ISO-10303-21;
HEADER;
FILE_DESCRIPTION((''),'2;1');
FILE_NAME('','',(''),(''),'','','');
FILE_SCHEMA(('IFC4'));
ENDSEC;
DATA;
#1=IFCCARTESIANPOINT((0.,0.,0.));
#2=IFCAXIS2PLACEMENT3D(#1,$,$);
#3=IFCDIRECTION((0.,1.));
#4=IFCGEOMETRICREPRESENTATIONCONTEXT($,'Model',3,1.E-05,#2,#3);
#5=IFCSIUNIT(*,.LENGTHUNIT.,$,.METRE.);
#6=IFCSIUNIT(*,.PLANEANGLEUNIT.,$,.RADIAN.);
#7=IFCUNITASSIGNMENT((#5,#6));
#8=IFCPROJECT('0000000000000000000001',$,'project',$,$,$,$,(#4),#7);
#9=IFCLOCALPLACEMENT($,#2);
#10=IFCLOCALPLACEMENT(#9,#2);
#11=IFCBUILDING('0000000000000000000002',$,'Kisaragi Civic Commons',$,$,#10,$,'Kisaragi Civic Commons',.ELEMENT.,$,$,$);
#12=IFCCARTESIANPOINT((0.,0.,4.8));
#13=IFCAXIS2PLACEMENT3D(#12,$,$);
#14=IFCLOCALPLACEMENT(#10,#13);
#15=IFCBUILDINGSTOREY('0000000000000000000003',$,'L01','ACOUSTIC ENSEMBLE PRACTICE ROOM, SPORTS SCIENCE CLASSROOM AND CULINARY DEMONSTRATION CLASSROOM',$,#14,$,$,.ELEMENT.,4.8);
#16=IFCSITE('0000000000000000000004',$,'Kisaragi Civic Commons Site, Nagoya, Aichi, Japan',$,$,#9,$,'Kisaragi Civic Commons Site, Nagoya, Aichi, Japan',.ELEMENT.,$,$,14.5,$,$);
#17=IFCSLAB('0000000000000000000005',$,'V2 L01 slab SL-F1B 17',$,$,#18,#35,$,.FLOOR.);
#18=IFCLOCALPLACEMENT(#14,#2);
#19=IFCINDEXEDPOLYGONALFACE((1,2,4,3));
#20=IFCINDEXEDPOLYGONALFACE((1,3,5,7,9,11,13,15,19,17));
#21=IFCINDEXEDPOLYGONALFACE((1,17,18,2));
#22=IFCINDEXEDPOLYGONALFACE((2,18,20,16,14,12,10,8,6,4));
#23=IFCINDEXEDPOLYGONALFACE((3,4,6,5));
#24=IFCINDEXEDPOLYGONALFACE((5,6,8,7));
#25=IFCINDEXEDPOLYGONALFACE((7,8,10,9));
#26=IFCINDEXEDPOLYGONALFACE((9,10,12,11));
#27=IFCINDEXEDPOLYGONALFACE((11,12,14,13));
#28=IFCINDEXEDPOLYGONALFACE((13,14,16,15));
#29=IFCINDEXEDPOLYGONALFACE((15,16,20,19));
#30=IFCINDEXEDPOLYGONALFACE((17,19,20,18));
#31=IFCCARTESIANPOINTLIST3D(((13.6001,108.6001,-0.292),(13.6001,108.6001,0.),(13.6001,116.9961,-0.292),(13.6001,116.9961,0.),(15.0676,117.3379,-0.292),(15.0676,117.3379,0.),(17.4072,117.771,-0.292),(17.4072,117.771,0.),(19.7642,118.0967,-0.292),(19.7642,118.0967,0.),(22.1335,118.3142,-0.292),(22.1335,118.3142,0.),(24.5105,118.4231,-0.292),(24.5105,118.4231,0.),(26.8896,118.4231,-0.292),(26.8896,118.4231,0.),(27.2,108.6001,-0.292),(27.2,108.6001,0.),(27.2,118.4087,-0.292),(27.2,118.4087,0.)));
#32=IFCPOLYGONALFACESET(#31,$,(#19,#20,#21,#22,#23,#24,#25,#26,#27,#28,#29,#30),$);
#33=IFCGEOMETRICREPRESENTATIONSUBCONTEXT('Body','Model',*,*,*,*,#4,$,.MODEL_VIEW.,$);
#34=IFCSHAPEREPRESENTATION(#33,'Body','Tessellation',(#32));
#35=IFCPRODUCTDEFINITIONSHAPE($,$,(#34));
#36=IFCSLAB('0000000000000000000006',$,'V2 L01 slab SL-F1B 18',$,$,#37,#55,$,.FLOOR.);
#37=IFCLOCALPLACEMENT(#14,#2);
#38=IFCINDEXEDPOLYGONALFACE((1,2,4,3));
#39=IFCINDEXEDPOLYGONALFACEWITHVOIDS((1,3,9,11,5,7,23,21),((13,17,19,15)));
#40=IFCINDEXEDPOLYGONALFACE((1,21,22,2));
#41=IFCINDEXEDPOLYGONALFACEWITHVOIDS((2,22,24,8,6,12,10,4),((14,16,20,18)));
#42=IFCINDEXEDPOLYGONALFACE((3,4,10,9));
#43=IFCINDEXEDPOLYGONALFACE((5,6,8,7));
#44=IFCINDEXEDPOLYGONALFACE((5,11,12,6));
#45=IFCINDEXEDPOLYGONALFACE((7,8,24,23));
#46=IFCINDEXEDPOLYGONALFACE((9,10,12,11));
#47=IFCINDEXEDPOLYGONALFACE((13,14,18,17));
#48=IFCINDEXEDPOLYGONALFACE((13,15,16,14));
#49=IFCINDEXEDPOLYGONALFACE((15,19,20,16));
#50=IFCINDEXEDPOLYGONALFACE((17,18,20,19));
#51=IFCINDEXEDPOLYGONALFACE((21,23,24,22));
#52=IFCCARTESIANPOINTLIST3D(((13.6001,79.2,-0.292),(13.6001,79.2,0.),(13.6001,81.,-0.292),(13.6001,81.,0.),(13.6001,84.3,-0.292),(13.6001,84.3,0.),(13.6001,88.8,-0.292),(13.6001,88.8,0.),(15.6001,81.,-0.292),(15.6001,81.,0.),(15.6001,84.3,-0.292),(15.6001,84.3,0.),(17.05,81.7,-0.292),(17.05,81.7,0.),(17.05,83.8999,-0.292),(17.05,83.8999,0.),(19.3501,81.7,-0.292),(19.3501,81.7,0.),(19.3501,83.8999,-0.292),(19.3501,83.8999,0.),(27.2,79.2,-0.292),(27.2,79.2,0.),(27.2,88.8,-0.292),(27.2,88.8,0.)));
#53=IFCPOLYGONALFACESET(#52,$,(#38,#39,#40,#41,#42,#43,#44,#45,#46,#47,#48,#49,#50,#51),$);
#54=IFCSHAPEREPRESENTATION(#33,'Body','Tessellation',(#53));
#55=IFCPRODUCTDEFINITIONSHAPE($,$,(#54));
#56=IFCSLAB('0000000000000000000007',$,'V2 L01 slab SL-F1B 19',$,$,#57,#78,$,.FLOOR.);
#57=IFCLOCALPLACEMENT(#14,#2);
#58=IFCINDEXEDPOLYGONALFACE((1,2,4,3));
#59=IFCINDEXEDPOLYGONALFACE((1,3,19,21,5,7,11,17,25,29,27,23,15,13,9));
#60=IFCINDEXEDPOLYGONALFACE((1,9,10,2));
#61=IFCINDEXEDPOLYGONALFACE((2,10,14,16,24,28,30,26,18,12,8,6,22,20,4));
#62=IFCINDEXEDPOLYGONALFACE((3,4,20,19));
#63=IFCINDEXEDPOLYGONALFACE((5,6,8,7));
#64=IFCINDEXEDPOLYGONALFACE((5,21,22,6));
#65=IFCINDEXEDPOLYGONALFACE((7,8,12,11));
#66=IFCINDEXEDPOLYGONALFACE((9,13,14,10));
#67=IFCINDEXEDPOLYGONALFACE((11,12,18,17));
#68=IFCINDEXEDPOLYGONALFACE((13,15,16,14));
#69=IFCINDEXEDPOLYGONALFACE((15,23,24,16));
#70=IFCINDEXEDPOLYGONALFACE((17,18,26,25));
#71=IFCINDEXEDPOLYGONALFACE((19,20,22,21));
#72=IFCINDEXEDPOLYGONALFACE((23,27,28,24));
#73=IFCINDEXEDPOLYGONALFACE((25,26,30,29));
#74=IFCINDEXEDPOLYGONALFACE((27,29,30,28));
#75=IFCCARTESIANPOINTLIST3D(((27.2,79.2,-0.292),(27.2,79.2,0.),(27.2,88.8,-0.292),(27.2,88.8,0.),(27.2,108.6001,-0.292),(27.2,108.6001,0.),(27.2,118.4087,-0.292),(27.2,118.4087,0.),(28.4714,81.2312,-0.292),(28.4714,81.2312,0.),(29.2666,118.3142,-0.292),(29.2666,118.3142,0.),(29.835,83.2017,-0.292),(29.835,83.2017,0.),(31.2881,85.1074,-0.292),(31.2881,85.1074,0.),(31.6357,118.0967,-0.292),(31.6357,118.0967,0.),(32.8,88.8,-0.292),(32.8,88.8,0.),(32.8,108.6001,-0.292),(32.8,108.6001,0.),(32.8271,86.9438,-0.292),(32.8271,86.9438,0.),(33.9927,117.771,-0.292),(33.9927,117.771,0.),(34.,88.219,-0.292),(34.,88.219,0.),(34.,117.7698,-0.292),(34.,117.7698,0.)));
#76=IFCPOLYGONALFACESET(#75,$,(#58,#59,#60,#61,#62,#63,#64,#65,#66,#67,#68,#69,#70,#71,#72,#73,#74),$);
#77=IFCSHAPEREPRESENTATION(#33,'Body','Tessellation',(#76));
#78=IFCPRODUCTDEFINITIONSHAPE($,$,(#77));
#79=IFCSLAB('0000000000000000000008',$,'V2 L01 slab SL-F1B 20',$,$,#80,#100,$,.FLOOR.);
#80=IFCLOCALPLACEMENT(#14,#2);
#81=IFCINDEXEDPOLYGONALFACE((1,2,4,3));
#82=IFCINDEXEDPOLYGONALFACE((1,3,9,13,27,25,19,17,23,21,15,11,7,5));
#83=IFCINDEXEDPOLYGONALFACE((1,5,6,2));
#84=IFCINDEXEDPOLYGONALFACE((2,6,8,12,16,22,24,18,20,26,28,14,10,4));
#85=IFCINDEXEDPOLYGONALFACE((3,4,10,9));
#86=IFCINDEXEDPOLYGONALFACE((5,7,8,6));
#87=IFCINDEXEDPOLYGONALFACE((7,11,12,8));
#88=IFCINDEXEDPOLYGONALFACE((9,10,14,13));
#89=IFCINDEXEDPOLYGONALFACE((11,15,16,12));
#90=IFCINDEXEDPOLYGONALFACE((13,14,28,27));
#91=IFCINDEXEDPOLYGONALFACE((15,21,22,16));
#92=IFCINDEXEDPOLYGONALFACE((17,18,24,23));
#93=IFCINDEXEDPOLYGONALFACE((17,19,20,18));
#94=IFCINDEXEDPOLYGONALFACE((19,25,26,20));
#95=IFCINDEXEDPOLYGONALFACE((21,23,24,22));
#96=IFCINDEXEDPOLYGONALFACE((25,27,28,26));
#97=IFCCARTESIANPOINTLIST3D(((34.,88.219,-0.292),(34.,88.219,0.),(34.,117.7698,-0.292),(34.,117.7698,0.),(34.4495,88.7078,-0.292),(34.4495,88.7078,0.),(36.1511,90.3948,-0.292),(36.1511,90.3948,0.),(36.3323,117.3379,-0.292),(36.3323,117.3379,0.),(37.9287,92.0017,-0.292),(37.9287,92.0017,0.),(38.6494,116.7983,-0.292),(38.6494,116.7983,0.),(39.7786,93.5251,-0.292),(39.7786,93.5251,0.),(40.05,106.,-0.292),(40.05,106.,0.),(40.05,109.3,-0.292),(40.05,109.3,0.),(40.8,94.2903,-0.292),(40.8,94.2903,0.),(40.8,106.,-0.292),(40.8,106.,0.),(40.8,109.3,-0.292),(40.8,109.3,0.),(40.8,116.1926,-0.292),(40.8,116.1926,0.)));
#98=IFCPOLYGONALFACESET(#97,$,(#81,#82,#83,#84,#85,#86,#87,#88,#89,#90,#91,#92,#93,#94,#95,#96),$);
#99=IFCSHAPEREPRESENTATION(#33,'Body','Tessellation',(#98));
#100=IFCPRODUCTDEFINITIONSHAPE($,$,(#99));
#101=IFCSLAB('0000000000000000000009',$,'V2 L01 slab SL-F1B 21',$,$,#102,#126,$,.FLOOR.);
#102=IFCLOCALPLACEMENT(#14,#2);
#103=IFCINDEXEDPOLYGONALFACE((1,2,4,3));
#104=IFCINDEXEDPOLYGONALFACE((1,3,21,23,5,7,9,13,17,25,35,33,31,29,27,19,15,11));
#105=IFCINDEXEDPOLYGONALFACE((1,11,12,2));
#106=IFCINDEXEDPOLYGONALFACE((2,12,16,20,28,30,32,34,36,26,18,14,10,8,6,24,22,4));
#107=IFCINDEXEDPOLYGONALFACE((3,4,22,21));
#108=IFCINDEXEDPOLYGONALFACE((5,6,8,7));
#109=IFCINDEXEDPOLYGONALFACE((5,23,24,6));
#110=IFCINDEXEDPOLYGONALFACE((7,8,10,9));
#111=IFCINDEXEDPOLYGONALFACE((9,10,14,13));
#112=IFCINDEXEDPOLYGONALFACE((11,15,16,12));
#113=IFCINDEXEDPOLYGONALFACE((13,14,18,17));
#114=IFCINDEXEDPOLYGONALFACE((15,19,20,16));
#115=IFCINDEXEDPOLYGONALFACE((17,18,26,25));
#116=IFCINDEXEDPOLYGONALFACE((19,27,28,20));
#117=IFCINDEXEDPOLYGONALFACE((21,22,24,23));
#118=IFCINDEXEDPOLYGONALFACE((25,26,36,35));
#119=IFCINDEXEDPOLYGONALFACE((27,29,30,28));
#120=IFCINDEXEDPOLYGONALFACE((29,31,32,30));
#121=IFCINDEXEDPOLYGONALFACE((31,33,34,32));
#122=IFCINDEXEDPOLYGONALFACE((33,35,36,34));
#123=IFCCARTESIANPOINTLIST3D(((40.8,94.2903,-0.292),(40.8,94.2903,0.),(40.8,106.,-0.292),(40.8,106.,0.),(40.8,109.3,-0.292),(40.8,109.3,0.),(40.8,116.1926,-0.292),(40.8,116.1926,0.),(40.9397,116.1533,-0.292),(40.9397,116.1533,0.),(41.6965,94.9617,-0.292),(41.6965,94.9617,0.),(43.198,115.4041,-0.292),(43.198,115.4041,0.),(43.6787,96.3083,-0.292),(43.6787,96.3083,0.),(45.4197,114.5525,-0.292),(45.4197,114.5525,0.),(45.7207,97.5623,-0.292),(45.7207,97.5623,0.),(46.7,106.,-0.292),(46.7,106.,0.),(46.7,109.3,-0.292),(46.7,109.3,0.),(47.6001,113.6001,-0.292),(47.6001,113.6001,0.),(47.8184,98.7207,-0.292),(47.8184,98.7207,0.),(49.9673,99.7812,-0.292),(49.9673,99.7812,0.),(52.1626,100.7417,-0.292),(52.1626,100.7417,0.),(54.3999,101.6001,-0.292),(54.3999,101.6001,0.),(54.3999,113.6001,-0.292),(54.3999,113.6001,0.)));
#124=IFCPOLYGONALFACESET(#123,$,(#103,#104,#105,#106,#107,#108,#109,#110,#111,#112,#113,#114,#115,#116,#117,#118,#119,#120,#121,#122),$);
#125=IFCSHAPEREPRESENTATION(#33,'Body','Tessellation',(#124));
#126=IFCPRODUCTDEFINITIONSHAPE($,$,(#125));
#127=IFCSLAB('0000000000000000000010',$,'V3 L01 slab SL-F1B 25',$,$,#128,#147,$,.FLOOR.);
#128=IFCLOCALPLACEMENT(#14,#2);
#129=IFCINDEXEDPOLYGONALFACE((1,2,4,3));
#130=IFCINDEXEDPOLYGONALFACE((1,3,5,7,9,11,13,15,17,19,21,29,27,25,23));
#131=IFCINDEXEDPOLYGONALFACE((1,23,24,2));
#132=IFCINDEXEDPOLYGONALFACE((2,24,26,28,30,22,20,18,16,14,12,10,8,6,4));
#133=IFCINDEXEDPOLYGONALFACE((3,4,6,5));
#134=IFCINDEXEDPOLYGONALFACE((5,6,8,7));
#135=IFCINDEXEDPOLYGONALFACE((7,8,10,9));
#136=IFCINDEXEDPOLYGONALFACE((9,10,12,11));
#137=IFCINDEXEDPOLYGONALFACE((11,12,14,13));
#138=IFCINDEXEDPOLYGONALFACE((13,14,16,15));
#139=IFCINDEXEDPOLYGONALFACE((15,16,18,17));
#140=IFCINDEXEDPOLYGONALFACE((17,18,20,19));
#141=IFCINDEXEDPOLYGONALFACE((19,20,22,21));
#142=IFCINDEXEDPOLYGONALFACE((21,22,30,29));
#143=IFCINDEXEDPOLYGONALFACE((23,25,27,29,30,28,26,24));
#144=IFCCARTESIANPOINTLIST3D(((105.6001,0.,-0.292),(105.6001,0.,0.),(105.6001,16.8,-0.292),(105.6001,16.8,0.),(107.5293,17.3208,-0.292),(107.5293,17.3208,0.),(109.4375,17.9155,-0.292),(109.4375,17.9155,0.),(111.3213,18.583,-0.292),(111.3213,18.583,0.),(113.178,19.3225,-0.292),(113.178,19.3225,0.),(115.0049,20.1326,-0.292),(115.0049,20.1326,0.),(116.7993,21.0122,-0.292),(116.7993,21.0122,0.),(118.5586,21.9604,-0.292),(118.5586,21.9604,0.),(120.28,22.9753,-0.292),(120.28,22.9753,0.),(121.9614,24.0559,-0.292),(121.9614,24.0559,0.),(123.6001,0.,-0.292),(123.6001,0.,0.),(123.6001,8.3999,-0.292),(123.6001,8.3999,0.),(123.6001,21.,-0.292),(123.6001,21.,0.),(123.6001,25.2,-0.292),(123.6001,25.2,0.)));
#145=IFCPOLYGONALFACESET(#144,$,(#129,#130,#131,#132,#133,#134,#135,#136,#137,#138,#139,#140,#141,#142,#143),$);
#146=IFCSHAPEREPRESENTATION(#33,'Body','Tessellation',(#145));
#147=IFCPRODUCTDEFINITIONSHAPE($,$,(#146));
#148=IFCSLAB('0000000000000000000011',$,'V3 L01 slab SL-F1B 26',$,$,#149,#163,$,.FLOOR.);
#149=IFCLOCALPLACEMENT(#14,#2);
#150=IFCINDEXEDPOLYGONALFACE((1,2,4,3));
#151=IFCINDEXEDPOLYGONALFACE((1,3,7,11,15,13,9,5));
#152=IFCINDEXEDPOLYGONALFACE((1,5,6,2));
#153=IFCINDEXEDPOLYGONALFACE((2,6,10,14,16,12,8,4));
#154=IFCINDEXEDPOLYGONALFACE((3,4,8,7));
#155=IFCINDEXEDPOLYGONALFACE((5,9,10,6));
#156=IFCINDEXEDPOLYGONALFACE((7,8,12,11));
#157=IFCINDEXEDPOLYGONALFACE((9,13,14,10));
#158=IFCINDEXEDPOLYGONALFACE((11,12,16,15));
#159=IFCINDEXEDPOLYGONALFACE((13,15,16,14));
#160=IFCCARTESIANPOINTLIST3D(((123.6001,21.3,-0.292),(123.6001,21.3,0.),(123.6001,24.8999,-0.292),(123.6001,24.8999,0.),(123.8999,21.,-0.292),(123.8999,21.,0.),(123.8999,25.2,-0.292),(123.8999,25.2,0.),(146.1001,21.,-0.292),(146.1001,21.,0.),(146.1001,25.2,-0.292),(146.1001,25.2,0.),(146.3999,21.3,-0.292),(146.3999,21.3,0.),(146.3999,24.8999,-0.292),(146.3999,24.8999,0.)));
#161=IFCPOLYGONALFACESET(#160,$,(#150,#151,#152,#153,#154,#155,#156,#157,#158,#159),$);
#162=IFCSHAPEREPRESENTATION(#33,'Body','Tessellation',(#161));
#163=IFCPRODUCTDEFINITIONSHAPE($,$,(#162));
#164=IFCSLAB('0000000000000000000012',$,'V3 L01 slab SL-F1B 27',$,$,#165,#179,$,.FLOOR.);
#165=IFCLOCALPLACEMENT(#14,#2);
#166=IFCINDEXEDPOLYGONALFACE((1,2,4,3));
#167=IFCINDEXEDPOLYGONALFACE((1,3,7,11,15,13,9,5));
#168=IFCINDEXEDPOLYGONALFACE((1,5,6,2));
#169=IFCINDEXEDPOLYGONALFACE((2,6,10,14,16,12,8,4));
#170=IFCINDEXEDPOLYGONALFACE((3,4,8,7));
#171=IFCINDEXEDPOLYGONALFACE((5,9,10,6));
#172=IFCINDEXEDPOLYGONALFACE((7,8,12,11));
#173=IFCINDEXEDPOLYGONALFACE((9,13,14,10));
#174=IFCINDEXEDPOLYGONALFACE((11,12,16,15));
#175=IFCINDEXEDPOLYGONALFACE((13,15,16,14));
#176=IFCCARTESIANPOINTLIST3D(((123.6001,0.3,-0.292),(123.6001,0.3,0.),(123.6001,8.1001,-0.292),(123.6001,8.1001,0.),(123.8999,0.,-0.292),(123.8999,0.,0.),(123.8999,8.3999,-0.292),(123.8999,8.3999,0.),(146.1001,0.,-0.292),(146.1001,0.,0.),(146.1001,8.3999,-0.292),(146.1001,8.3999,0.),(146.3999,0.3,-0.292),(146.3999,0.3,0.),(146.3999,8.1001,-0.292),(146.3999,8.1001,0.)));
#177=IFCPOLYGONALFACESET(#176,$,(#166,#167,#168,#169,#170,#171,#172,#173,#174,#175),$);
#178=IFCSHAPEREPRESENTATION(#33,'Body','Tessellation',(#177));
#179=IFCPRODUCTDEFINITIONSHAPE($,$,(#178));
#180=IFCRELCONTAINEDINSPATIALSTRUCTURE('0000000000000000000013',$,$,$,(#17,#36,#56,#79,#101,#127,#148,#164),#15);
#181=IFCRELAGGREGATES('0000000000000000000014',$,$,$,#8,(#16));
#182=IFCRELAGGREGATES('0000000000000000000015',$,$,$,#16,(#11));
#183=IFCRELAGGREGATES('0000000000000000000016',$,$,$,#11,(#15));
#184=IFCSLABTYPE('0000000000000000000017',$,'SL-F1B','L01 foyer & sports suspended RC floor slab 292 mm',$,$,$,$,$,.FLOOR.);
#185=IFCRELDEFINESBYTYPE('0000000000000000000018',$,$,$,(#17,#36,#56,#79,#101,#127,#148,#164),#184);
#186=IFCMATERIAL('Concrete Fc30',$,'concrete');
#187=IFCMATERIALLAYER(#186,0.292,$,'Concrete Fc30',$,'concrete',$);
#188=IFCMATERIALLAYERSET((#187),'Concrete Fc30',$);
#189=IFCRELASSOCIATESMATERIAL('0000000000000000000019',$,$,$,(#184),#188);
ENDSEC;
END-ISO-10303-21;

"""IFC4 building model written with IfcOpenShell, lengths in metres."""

from ifc_helpers import new_model, si_unit, direction, frame, origin, place, context, subcontext, project, spatial, polyline, outline, extrude, material, layer, layer_set, type_object, element, save


model = new_model("IFC4")

# Units and contexts
model_context = context("Model", 3, precision=1e-05, world=origin(), true_north=direction((0.0, 1.0)))
body_context = subcontext(model_context, "Body", "Model", "MODEL_VIEW")
ifc_project = project(units=[si_unit("LENGTHUNIT", "METRE"), si_unit("PLANEANGLEUNIT", "RADIAN")], contexts=[model_context])

# Site, building, storey
site_placement = place(None, origin())
site = spatial("IfcSite", under=ifc_project, at=site_placement, Name="Kisaragi Civic Commons Site, Nagoya, Aichi, Japan", LongName="Kisaragi Civic Commons Site, Nagoya, Aichi, Japan", CompositionType="ELEMENT", RefElevation=14.5)
building_placement = place(site_placement, origin())
building = spatial("IfcBuilding", under=site, at=building_placement, Name="Kisaragi Civic Commons", LongName="Kisaragi Civic Commons", CompositionType="ELEMENT")
storey_placement = place(building_placement, frame((0.0, 0.0, 4.8)))
storey = spatial("IfcBuildingStorey", under=building, at=storey_placement, Name="L01", Description="ACOUSTIC ENSEMBLE PRACTICE ROOM, SPORTS SCIENCE CLASSROOM AND CULINARY DEMONSTRATION CLASSROOM", CompositionType="ELEMENT", Elevation=4.8)

# Slabs
ifc_material = material(Name="Concrete Fc30", Category="concrete")
ifc_layer_1 = layer(ifc_material, 0.292, Name="Concrete Fc30", Category="concrete")
ifc_layer_set_1 = layer_set([ifc_layer_1], Name="Concrete Fc30")
slab_type_1 = type_object("IfcSlabType", Name="SL-F1B", Description="L01 foyer & sports suspended RC floor slab 292 mm", PredefinedType="FLOOR", material=ifc_layer_set_1)
slab_1_placement = place(storey_placement, frame((0.0, 0.0, -0.292)))
element("IfcSlab", 1, at=slab_1_placement, inside=storey, type_object=slab_type_1, Name="V2 L01 slab SL-F1B 17", PredefinedType="FLOOR", context=body_context, shape_type="SweptSolid", body=[
    extrude(outline(polyline([(13.6001, 116.9961), (13.6001, 108.6001), (27.2, 108.6001), (27.2, 118.4087), (26.8896, 118.4231), (24.5105, 118.4231), (22.1335, 118.3142), (19.7642, 118.0967), (17.4072, 117.771), (15.0676, 117.3379), (13.6001, 116.9961)])), origin(), (0.0, 0.0, 1.0), 0.292),
])
slab_2_placement = place(storey_placement, frame((0.0, 0.0, -0.292)))
element("IfcSlab", 2, at=slab_2_placement, inside=storey, type_object=slab_type_1, Name="V2 L01 slab SL-F1B 18", PredefinedType="FLOOR", context=body_context, shape_type="SweptSolid", body=[
    extrude(outline(polyline([(27.2, 79.2), (27.2, 88.8), (13.6001, 88.8), (13.6001, 84.3), (15.6001, 84.3), (15.6001, 81.0), (13.6001, 81.0), (13.6001, 79.2), (27.2, 79.2)]), holes=[polyline([(17.05, 81.7), (19.3501, 81.7), (19.3501, 83.8999), (17.05, 83.8999), (17.05, 81.7)])]), origin(), (0.0, 0.0, 1.0), 0.292),
])
slab_3_placement = place(storey_placement, frame((0.0, 0.0, -0.292)))
element("IfcSlab", 3, at=slab_3_placement, inside=storey, type_object=slab_type_1, Name="V2 L01 slab SL-F1B 19", PredefinedType="FLOOR", context=body_context, shape_type="SweptSolid", body=[
    extrude(outline(polyline([(27.2, 118.4087), (27.2, 108.6001), (32.8, 108.6001), (32.8, 88.8), (27.2, 88.8), (27.2, 79.2), (28.4714, 81.2312), (29.835, 83.2017), (31.2881, 85.1074), (32.8271, 86.9438), (34.0, 88.219), (34.0, 117.7698), (33.9927, 117.771), (31.6357, 118.0967), (29.2666, 118.3142), (27.2, 118.4087)])), origin(), (0.0, 0.0, 1.0), 0.292),
])
slab_4_placement = place(storey_placement, frame((0.0, 0.0, -0.292)))
element("IfcSlab", 4, at=slab_4_placement, inside=storey, type_object=slab_type_1, Name="V2 L01 slab SL-F1B 20", PredefinedType="FLOOR", context=body_context, shape_type="SweptSolid", body=[
    extrude(outline(polyline([(34.0, 117.7698), (34.0, 88.219), (34.4495, 88.7078), (36.1511, 90.3948), (37.9287, 92.0017), (39.7786, 93.5251), (40.8, 94.2903), (40.8, 106.0), (40.05, 106.0), (40.05, 109.3), (40.8, 109.3), (40.8, 116.1926), (38.6494, 116.7983), (36.3323, 117.3379), (34.0, 117.7698)])), origin(), (0.0, 0.0, 1.0), 0.292),
])
slab_5_placement = place(storey_placement, frame((0.0, 0.0, -0.292)))
element("IfcSlab", 5, at=slab_5_placement, inside=storey, type_object=slab_type_1, Name="V2 L01 slab SL-F1B 21", PredefinedType="FLOOR", context=body_context, shape_type="SweptSolid", body=[
    extrude(outline(polyline([(40.8, 116.1926), (40.8, 109.3), (46.7, 109.3), (46.7, 106.0), (40.8, 106.0), (40.8, 94.2903), (41.6965, 94.9617), (43.6787, 96.3083), (45.7207, 97.5623), (47.8184, 98.7207), (49.9673, 99.7812), (52.1626, 100.7417), (54.3999, 101.6001), (54.3999, 113.6001), (47.6001, 113.6001), (45.4197, 114.5525), (43.198, 115.4041), (40.9397, 116.1533), (40.8, 116.1926)])), origin(), (0.0, 0.0, 1.0), 0.292),
])
slab_6_placement = place(storey_placement, frame((0.0, 0.0, -0.292)))
element("IfcSlab", 6, at=slab_6_placement, inside=storey, type_object=slab_type_1, Name="V3 L01 slab SL-F1B 25", PredefinedType="FLOOR", context=body_context, shape_type="SweptSolid", body=[
    extrude(outline(polyline([(105.6001, 16.8), (105.6001, 0.0), (123.6001, 0.0), (123.6001, 8.3999), (123.6001, 21.0), (123.6001, 25.2), (121.9614, 24.0559), (120.28, 22.9753), (118.5586, 21.9604), (116.7993, 21.0122), (115.0049, 20.1326), (113.178, 19.3225), (111.3213, 18.583), (109.4375, 17.9155), (107.5293, 17.3208), (105.6001, 16.8)])), origin(), (0.0, 0.0, 1.0), 0.292),
])
slab_7_placement = place(storey_placement, frame((0.0, 0.0, -0.292)))
element("IfcSlab", 7, at=slab_7_placement, inside=storey, type_object=slab_type_1, Name="V3 L01 slab SL-F1B 26", PredefinedType="FLOOR", context=body_context, shape_type="SweptSolid", body=[
    extrude(outline(polyline([(123.8999, 21.0), (146.1001, 21.0), (146.3999, 21.3), (146.3999, 24.8999), (146.1001, 25.2), (123.8999, 25.2), (123.6001, 24.8999), (123.6001, 21.3), (123.8999, 21.0)])), origin(), (0.0, 0.0, 1.0), 0.292),
])
slab_8_placement = place(storey_placement, frame((0.0, 0.0, -0.292)))
element("IfcSlab", 8, at=slab_8_placement, inside=storey, type_object=slab_type_1, Name="V3 L01 slab SL-F1B 27", PredefinedType="FLOOR", context=body_context, shape_type="SweptSolid", body=[
    extrude(outline(polyline([(123.8999, 0.0), (146.1001, 0.0), (146.3999, 0.3), (146.3999, 8.1001), (146.1001, 8.3999), (123.8999, 8.3999), (123.6001, 8.1001), (123.6001, 0.3), (123.8999, 0.0)])), origin(), (0.0, 0.0, 1.0), 0.292),
])

save(model, "model.ifc")
